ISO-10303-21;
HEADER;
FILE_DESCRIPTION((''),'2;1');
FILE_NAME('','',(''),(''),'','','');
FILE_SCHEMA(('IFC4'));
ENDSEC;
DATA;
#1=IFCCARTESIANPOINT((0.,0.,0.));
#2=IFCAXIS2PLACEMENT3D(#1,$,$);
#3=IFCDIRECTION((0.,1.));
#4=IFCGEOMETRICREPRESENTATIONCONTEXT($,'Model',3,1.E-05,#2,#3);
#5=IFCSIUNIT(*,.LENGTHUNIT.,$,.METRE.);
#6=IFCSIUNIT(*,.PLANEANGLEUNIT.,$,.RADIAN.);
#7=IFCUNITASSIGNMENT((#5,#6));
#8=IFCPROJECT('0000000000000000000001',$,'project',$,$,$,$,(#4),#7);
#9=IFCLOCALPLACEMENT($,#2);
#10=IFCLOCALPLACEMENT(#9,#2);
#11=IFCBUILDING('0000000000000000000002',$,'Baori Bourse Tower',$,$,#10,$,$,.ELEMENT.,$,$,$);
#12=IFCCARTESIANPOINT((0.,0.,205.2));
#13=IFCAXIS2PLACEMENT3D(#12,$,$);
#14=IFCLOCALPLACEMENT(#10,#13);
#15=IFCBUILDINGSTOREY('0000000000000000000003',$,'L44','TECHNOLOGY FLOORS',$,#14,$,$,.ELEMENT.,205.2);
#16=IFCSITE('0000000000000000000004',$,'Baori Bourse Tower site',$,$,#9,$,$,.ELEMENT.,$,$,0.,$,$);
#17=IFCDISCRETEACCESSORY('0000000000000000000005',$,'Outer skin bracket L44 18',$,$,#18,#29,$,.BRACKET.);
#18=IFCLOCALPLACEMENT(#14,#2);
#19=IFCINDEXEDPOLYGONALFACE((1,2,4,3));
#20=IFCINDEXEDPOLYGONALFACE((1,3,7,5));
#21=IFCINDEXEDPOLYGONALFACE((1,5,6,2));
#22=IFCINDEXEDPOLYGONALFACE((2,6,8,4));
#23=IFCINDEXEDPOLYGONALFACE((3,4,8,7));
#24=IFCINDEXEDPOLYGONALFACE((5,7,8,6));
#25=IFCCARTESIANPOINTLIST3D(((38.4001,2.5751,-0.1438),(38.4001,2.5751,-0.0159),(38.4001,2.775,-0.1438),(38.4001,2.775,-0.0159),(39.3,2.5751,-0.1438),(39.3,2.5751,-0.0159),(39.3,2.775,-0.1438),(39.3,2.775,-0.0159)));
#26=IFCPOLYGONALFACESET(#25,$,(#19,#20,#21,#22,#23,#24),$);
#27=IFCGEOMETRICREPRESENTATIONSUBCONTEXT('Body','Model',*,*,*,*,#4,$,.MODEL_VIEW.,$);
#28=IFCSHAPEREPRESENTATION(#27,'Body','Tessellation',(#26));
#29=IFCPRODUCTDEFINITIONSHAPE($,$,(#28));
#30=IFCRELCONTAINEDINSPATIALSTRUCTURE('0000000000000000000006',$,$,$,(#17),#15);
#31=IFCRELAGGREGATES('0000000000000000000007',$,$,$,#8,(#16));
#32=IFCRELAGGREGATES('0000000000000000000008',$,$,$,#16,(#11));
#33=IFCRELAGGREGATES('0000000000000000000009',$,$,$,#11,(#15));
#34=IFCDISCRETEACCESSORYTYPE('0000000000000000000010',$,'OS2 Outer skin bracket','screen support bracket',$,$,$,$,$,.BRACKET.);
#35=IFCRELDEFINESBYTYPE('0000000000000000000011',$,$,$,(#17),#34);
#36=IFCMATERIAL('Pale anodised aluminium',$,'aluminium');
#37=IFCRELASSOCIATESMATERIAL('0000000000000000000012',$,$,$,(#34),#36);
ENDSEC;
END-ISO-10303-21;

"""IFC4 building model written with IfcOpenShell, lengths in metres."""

from ifc_helpers import new_model, si_unit, direction, frame, origin, origin_2d, place, context, subcontext, project, spatial, rectangle, extrude, material, type_object, element, save


model = new_model("IFC4")

# Units and contexts
model_context = context("Model", 3, precision=1e-05, world=origin(), true_north=direction((0.0, 1.0)))
body_context = subcontext(model_context, "Body", "Model", "MODEL_VIEW")
ifc_project = project(units=[si_unit("LENGTHUNIT", "METRE"), si_unit("PLANEANGLEUNIT", "RADIAN")], contexts=[model_context])

# Site, building, storey
site_placement = place(None, origin())
site = spatial("IfcSite", under=ifc_project, at=site_placement, Name="Baori Bourse Tower site", CompositionType="ELEMENT", RefElevation=0.0)
building_placement = place(site_placement, origin())
building = spatial("IfcBuilding", under=site, at=building_placement, Name="Baori Bourse Tower", CompositionType="ELEMENT")
storey_placement = place(building_placement, frame((0.0, 0.0, 205.2)))
storey = spatial("IfcBuildingStorey", under=building, at=storey_placement, Name="L44", Description="TECHNOLOGY FLOORS", CompositionType="ELEMENT", Elevation=205.2)

# Discrete accessory
ifc_material_1 = material(Name="Pale anodised aluminium", Category="aluminium")
discrete_accessory_type = type_object("IfcDiscreteAccessoryType", Name="OS2 Outer skin bracket", Description="screen support bracket", PredefinedType="BRACKET", material=ifc_material_1)
discrete_accessory_placement = place(storey_placement, frame((38.8501, 2.675, -0.1438), z_axis=(0.0, 0.0, 1.0), x_axis=(0.0, 1.0, 0.0)))
element("IfcDiscreteAccessory", 1, at=discrete_accessory_placement, inside=storey, type_object=discrete_accessory_type, Name="Outer skin bracket L44 18", PredefinedType="BRACKET", context=body_context, shape_type="SweptSolid", body=[
    extrude(rectangle(XDim=0.2, YDim=0.8999, at=origin_2d()), origin(), (0.0, 0.0, 1.0), 0.1279),
])

save(model, "model.ifc")
